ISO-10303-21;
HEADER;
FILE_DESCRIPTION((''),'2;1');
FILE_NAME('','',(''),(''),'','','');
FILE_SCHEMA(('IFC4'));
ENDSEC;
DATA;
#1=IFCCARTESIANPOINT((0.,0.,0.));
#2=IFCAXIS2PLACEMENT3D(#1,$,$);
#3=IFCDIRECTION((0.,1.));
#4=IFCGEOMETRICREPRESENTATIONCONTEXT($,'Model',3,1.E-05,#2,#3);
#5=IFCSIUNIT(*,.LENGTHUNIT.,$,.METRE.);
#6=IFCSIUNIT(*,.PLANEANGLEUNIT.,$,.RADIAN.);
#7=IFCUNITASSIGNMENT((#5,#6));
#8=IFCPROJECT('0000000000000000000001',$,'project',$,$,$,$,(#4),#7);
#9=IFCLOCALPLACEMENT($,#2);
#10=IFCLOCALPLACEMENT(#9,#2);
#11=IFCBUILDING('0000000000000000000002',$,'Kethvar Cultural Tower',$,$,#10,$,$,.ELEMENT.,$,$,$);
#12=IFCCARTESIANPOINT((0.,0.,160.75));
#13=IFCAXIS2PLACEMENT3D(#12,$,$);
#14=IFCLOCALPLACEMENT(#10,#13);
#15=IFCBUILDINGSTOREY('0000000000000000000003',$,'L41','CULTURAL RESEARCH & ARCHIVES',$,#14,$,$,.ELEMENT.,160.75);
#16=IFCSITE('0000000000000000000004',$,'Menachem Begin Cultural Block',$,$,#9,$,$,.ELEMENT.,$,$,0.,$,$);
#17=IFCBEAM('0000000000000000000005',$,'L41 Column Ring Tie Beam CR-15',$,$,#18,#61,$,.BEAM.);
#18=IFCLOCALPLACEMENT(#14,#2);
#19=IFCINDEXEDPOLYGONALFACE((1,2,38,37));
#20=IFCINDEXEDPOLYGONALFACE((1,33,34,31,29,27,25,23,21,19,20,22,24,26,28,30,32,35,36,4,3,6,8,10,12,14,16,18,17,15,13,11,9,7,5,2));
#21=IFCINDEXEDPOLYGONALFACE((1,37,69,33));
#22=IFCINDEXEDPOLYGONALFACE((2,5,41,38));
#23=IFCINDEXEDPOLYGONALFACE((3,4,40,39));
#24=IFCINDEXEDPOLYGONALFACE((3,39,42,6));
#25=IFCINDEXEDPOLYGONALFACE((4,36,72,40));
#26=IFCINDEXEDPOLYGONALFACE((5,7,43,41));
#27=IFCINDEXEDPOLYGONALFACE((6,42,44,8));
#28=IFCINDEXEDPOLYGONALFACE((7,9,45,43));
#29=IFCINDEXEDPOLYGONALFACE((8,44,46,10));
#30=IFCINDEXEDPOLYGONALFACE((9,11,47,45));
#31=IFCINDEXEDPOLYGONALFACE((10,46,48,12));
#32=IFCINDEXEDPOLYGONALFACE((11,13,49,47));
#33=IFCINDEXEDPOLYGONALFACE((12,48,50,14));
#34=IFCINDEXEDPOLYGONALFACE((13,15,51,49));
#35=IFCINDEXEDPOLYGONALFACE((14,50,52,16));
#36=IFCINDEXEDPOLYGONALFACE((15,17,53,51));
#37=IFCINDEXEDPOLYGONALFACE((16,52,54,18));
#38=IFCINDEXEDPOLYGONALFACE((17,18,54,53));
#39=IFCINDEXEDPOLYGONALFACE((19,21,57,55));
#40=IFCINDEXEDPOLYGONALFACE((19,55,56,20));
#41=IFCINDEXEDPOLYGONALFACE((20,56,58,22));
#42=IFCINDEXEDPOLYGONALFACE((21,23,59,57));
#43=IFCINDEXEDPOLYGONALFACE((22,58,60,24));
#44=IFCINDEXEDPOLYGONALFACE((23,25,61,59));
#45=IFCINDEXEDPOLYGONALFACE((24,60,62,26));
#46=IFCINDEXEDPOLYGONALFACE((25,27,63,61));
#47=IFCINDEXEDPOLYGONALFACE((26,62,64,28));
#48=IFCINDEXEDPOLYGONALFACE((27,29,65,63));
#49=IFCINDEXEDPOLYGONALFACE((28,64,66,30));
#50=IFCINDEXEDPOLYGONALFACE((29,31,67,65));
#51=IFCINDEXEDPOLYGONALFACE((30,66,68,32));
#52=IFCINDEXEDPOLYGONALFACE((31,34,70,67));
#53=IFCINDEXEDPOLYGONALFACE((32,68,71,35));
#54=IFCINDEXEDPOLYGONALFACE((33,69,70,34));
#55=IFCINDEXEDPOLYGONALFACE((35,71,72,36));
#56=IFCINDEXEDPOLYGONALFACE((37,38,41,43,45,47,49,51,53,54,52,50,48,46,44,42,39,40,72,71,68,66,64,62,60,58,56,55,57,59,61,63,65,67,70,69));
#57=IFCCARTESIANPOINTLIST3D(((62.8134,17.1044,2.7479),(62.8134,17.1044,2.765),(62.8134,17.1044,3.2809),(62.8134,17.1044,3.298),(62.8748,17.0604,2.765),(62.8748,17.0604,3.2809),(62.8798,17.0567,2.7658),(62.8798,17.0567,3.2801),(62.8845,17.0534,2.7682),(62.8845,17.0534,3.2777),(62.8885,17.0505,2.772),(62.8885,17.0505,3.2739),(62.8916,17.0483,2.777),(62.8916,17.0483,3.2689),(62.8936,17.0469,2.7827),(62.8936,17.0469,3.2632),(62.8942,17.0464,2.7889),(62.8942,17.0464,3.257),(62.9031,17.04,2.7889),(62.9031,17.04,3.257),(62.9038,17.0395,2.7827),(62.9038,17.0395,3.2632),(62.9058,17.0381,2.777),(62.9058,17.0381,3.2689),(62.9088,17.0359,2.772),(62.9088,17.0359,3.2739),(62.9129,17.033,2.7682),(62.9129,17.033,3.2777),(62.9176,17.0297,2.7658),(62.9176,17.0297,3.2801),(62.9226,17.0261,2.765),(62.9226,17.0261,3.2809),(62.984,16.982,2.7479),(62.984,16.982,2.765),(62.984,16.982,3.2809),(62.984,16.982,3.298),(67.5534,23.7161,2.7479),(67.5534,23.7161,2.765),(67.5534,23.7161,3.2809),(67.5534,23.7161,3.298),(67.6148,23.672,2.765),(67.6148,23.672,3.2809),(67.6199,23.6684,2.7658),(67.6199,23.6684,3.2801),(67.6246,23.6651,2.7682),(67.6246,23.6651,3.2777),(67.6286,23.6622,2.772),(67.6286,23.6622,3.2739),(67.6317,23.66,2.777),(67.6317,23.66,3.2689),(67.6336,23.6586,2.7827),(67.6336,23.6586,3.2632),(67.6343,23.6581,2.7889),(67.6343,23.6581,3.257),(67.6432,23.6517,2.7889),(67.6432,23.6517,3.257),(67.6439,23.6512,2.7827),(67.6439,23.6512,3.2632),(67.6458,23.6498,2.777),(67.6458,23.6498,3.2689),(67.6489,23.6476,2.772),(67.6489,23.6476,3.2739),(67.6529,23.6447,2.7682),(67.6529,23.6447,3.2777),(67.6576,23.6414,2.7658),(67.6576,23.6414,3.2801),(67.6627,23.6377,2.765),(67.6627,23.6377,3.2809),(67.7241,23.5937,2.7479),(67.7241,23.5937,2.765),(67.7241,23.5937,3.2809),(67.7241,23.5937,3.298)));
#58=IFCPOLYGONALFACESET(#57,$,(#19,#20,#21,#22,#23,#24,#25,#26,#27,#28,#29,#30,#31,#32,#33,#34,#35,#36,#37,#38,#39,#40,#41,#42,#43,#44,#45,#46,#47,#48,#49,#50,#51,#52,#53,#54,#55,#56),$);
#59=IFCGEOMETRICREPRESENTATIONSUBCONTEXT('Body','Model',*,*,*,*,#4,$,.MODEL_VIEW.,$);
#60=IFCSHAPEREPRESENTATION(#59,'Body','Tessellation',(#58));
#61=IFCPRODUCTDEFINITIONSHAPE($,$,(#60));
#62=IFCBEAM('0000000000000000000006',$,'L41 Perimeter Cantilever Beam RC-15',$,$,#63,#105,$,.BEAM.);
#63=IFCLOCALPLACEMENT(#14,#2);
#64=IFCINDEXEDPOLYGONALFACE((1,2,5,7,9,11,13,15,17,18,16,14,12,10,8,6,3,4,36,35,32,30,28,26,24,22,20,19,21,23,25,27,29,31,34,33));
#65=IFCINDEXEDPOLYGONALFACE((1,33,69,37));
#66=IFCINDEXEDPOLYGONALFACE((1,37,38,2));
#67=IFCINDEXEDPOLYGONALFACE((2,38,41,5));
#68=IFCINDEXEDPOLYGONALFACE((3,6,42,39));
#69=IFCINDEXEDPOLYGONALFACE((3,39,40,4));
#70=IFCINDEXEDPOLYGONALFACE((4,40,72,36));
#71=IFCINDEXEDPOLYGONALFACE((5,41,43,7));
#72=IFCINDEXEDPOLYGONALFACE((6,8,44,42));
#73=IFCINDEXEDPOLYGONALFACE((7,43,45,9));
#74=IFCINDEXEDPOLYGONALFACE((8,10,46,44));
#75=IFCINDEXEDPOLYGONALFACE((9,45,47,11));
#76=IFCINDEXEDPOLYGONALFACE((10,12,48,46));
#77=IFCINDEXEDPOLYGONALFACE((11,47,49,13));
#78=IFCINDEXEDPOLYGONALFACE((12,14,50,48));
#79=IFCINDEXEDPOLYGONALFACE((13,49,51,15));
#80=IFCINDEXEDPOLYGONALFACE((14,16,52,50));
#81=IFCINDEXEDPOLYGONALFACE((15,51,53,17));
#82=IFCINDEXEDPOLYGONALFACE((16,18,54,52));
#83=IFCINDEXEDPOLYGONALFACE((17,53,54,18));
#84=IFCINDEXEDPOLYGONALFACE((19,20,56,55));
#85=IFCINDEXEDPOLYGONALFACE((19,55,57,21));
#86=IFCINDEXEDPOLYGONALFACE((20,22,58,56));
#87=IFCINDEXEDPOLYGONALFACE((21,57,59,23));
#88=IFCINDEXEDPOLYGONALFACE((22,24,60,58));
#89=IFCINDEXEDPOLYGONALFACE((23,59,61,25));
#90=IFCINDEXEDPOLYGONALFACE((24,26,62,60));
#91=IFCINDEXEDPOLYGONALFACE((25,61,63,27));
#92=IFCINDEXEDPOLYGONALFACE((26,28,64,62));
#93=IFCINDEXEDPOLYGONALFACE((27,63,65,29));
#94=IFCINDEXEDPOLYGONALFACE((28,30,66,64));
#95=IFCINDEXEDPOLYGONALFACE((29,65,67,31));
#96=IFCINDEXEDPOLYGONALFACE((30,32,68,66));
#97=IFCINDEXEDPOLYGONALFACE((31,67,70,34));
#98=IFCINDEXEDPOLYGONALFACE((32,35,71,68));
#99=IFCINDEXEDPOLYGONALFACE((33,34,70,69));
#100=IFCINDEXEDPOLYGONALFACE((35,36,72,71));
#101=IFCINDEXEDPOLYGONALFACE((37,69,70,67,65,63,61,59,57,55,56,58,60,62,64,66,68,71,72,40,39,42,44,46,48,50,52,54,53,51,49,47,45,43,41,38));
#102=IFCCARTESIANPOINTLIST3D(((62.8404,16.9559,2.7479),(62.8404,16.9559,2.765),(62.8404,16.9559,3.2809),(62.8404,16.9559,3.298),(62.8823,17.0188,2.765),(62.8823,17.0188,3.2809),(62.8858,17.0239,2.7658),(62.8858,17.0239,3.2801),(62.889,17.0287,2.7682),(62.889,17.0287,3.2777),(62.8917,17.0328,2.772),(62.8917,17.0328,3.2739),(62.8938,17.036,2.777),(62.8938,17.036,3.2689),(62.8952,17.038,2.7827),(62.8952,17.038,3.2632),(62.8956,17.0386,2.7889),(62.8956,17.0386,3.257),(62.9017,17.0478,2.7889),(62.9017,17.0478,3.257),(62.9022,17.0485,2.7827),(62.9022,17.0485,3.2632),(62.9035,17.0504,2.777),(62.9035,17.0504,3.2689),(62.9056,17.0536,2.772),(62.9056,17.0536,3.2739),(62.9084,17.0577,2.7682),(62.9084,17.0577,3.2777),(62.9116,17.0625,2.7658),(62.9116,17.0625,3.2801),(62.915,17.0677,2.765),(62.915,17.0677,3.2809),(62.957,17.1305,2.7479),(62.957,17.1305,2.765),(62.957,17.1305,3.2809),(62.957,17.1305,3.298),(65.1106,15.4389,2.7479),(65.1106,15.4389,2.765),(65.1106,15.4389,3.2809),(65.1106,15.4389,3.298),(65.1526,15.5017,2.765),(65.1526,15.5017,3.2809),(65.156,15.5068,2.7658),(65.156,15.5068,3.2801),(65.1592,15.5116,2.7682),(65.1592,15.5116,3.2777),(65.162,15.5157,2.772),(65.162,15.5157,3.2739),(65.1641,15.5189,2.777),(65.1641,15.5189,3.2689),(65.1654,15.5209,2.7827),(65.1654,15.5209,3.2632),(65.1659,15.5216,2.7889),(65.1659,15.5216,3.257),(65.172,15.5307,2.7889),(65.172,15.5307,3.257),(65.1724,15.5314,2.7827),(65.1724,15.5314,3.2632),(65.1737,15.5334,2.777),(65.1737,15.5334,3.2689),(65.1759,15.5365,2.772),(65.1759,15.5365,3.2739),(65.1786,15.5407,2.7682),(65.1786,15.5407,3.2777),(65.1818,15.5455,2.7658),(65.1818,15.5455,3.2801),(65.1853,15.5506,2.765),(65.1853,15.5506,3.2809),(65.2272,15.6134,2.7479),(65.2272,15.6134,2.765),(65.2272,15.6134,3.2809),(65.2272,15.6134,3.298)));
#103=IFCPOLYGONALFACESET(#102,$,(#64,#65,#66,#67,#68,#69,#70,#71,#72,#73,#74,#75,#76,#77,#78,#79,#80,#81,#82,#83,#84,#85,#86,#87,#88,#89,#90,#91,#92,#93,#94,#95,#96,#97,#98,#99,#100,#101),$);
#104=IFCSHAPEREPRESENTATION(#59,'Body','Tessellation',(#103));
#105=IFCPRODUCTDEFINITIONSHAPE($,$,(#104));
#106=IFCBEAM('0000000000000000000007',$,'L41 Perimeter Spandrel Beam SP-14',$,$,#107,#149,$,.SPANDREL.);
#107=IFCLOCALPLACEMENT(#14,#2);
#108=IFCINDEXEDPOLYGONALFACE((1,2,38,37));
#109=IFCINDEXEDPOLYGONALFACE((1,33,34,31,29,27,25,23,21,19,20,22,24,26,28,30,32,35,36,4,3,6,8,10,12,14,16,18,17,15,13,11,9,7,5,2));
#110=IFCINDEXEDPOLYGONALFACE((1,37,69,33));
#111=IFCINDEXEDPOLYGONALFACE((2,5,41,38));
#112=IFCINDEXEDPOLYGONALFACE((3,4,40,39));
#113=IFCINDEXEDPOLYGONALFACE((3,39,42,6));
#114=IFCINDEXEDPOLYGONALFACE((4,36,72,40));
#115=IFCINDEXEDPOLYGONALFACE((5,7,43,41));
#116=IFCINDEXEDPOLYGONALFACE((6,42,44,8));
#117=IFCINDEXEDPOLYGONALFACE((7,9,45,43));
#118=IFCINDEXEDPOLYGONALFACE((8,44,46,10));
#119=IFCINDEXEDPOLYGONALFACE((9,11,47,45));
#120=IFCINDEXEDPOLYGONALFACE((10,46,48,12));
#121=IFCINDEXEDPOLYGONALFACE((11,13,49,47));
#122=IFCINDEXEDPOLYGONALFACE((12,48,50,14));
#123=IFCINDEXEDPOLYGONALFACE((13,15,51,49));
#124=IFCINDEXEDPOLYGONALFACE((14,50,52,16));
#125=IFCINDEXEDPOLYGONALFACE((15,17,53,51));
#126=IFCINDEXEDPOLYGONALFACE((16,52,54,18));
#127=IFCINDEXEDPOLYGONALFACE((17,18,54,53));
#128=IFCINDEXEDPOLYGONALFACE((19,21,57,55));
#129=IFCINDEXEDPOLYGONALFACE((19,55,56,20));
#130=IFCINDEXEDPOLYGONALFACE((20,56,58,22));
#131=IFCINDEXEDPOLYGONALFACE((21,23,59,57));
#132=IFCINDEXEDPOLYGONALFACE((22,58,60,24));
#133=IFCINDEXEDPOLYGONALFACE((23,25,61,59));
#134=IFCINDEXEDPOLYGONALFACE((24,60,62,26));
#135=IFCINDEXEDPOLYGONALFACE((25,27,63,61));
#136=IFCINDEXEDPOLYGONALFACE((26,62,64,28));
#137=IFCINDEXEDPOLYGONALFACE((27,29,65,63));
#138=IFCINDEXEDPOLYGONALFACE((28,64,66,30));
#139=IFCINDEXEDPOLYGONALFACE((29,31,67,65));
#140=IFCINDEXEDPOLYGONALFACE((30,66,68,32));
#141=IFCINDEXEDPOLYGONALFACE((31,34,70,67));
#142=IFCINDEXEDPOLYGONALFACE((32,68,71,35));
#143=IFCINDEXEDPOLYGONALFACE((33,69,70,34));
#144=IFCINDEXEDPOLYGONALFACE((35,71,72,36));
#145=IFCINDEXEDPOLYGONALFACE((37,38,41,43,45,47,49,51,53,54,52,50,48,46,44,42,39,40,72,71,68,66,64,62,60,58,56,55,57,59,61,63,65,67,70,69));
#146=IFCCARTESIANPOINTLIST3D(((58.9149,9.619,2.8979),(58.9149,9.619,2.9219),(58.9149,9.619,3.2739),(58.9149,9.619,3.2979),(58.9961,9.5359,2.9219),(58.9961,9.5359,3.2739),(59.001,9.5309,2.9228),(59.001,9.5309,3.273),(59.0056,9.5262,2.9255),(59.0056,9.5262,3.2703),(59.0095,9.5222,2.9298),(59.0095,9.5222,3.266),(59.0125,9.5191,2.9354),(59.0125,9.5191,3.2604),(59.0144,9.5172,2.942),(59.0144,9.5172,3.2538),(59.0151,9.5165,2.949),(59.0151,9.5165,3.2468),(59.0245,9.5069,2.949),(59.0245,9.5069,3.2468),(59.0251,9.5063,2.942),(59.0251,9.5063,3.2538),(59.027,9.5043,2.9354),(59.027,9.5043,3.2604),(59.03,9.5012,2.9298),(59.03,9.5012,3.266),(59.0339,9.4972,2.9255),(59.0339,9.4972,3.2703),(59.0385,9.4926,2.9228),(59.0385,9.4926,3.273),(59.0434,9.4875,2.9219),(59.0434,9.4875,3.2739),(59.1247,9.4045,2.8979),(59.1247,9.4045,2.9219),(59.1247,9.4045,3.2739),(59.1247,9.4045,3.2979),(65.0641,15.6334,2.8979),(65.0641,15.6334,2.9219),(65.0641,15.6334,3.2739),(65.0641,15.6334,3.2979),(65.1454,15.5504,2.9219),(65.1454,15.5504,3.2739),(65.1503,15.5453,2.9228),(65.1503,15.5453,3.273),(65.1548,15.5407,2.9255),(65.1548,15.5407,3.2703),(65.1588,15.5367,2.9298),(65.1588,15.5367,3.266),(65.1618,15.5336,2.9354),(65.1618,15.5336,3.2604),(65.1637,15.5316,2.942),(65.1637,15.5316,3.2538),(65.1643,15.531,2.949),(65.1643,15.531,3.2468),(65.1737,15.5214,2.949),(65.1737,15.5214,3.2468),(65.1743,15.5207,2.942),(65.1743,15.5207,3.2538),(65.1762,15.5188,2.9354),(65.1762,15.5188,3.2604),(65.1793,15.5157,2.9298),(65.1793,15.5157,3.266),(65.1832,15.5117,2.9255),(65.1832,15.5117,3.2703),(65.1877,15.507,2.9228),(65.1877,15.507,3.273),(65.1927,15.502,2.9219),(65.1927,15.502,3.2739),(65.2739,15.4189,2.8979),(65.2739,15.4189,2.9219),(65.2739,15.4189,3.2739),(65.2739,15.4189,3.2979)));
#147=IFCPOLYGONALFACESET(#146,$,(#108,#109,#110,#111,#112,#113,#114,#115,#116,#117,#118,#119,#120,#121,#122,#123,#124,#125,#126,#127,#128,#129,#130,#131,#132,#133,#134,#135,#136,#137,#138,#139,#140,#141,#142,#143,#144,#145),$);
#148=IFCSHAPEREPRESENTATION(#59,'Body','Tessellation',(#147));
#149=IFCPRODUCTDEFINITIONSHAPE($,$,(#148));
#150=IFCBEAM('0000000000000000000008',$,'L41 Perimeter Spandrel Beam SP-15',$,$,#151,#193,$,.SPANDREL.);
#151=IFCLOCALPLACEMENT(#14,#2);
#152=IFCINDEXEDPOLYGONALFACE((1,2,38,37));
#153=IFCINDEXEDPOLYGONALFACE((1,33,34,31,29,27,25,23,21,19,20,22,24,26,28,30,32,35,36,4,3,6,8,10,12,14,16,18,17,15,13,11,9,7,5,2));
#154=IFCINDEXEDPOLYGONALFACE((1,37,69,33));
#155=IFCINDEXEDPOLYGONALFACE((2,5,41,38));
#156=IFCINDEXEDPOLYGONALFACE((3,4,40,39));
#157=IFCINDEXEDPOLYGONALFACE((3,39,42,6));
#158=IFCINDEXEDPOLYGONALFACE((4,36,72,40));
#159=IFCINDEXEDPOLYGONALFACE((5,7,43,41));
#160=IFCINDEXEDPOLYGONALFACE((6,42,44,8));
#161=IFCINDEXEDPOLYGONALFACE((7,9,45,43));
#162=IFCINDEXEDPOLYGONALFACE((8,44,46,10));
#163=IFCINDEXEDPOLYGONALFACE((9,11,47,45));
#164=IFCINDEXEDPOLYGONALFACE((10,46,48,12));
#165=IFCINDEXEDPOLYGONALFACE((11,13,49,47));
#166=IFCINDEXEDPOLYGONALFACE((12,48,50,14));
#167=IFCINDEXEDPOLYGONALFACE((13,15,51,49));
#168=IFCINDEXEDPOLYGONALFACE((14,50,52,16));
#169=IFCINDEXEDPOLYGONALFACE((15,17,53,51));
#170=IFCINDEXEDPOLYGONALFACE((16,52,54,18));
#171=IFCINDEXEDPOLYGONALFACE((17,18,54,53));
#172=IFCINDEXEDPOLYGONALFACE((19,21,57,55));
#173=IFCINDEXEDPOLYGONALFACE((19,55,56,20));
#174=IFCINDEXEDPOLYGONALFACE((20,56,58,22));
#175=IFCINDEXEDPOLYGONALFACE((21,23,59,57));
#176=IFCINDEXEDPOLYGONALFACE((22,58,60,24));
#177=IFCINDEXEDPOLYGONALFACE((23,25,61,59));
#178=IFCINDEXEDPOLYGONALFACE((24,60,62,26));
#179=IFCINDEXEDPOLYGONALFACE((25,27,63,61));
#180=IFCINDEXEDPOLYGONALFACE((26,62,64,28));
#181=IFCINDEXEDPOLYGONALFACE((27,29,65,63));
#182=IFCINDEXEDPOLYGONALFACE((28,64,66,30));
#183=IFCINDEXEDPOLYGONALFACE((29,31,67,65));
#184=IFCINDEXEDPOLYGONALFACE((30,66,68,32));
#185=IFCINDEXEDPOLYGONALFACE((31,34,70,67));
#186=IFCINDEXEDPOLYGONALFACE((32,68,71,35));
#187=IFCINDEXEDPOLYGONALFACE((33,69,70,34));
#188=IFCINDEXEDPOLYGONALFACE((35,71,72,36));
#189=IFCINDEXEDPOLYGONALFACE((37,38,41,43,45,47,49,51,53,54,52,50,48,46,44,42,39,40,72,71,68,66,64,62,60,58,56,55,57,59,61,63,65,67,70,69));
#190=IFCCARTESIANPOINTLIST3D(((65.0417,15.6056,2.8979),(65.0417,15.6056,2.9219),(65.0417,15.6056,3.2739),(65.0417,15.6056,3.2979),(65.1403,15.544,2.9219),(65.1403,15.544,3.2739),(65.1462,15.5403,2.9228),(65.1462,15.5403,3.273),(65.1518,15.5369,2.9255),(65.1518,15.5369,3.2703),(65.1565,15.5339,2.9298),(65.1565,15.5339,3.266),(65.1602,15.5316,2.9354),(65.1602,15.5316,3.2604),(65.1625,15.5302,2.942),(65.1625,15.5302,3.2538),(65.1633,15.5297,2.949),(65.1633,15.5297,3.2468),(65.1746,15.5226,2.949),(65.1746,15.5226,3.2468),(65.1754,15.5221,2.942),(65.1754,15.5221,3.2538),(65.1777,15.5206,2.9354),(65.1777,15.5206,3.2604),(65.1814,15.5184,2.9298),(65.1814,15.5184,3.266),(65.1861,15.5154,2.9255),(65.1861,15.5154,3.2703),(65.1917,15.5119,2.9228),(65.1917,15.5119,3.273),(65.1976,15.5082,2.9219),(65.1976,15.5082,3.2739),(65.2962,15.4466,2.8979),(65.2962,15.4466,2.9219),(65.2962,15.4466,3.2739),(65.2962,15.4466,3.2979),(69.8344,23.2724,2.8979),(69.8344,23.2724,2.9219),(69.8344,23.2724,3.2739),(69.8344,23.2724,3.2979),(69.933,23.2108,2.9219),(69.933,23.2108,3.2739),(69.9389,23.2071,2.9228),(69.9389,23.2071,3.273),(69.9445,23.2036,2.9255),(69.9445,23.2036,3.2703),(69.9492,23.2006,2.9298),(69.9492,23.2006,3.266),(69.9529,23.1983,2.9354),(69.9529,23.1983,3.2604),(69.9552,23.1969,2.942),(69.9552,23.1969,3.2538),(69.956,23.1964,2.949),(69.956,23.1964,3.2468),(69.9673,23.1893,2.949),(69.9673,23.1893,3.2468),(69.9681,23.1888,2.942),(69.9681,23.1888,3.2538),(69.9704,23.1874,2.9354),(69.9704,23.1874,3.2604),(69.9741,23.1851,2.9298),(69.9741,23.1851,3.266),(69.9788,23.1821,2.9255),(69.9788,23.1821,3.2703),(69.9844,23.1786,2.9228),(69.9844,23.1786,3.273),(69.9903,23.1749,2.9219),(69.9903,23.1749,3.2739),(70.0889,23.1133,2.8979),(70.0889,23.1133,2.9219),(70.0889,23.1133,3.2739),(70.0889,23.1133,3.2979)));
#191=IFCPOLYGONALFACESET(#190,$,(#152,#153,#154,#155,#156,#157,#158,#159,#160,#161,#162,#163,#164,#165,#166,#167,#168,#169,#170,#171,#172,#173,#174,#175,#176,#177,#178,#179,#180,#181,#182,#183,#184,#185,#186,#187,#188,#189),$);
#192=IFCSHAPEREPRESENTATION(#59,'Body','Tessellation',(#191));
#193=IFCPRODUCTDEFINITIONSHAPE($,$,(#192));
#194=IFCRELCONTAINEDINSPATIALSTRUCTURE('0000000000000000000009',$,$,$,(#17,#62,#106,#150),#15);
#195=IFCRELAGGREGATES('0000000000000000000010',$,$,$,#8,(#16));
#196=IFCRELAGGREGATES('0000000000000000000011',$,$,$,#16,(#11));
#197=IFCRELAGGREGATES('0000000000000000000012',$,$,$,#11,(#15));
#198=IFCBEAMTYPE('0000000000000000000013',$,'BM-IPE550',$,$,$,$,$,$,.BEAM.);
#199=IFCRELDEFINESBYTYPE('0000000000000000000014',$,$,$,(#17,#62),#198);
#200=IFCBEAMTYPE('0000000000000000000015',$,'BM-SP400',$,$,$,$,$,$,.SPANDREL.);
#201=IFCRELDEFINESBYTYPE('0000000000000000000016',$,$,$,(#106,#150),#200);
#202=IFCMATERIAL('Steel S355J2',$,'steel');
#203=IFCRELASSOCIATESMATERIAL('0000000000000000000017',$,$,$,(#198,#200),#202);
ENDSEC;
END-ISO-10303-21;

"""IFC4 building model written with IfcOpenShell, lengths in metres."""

from ifc_helpers import new_model, si_unit, direction, frame, origin, origin_2d, place, context, subcontext, project, spatial, i_section, extrude, source, transform, mapped, material, material_profile, profile_set, type_object, element, save


model = new_model("IFC4")

# Units and contexts
model_context = context("Model", 3, precision=1e-05, world=origin(), true_north=direction((0.0, 1.0)))
body_context = subcontext(model_context, "Body", "Model", "MODEL_VIEW")
ifc_project = project(units=[si_unit("LENGTHUNIT", "METRE"), si_unit("PLANEANGLEUNIT", "RADIAN")], contexts=[model_context])

# Site, building, storey
site_placement = place(None, origin())
site = spatial("IfcSite", under=ifc_project, at=site_placement, Name="Menachem Begin Cultural Block", CompositionType="ELEMENT", RefElevation=0.0)
building_placement = place(site_placement, origin())
building = spatial("IfcBuilding", under=site, at=building_placement, Name="Kethvar Cultural Tower", CompositionType="ELEMENT")
storey_placement = place(building_placement, frame((0.0, 0.0, 160.75)))
storey = spatial("IfcBuildingStorey", under=building, at=storey_placement, Name="L41", Description="CULTURAL RESEARCH & ARCHIVES", CompositionType="ELEMENT", Elevation=160.75)

# Beams
ifc_material_1 = material(Name="Steel S355J2", Category="steel")
ifc_material_profile_1 = material_profile(ifc_material_1, i_section(OverallWidth=0.21, OverallDepth=0.55, WebThickness=0.011, FlangeThickness=0.0171, FilletRadius=0.0239, at=origin_2d()), Name="Steel S355J2 — IPE550")
ifc_profile_set_1 = profile_set([ifc_material_profile_1], Name="Steel S355J2 — IPE550")
beam_type_1 = type_object("IfcBeamType", Name="BM-IPE550", PredefinedType="BEAM", material=ifc_profile_set_1)
shared_shape_1 = source(origin(), body_context, "Body", "SweptSolid", [
    extrude(i_section(OverallWidth=0.21, OverallDepth=0.55, WebThickness=0.011, FlangeThickness=0.0171, FilletRadius=0.0239, at=origin_2d()), origin(), (0.0, 0.0, 1.0), 8.1353),
])
beam_1_placement = place(storey_placement, frame((62.8987, 17.0432, 3.0229), z_axis=(0.582657, 0.812718, 0.0), x_axis=(-0.812718, 0.582657, 0.0)))
element("IfcBeam", 1, at=beam_1_placement, inside=storey, type_object=beam_type_1, Name="L41 Column Ring Tie Beam CR-15", PredefinedType="BEAM", context=body_context, shape_type="MappedRepresentation", body=[
    mapped(shared_shape_1, transform((0.0, 0.0, 0.0), scale=1.0)),
])
shared_shape_2 = source(origin(), body_context, "Body", "SweptSolid", [
    extrude(i_section(OverallWidth=0.21, OverallDepth=0.55, WebThickness=0.011, FlangeThickness=0.0171, FilletRadius=0.0239, at=origin_2d()), origin(), (0.0, 0.0, 1.0), 2.7305),
])
beam_2_placement = place(storey_placement, frame((62.8987, 17.0432, 3.0229), z_axis=(0.831445, -0.555608, 0.0), x_axis=(0.555608, 0.831445, 0.0)))
element("IfcBeam", 2, at=beam_2_placement, inside=storey, type_object=beam_type_1, Name="L41 Perimeter Cantilever Beam RC-15", PredefinedType="BEAM", context=body_context, shape_type="MappedRepresentation", body=[
    mapped(shared_shape_2, transform((0.0, 0.0, 0.0), scale=1.0)),
])
ifc_material_profile_2 = material_profile(ifc_material_1, i_section(OverallWidth=0.3, OverallDepth=0.3999, WebThickness=0.0134, FlangeThickness=0.0239, FilletRadius=0.0271, at=origin_2d()), Name="Steel S355J2 — HEB400")
ifc_profile_set_2 = profile_set([ifc_material_profile_2], Name="Steel S355J2 — HEB400")
beam_type_2 = type_object("IfcBeamType", Name="BM-SP400", PredefinedType="SPANDREL", material=ifc_profile_set_2)
shared_shape_3 = source(origin(), body_context, "Body", "SweptSolid", [
    extrude(i_section(OverallWidth=0.3, OverallDepth=0.3999, WebThickness=0.0134, FlangeThickness=0.0239, FilletRadius=0.0271, at=origin_2d()), origin(), (0.0, 0.0, 1.0), 8.6016),
])
beam_3_placement = place(storey_placement, frame((59.0198, 9.5117, 3.0979), z_axis=(0.714897, 0.69923, 0.0), x_axis=(-0.69923, 0.714897, 0.0)))
element("IfcBeam", 3, at=beam_3_placement, inside=storey, type_object=beam_type_2, Name="L41 Perimeter Spandrel Beam SP-14", PredefinedType="SPANDREL", context=body_context, shape_type="MappedRepresentation", body=[
    mapped(shared_shape_3, transform((0.0, 0.0, 0.0), scale=1.0)),
])
shared_shape_4 = source(origin(), body_context, "Body", "SweptSolid", [
    extrude(i_section(OverallWidth=0.3, OverallDepth=0.3999, WebThickness=0.0134, FlangeThickness=0.0239, FilletRadius=0.0271, at=origin_2d()), origin(), (0.0, 0.0, 1.0), 9.0415),
])
beam_4_placement = place(storey_placement, frame((65.1689, 15.5261, 3.0979), z_axis=(0.530079, 0.847948, 0.0), x_axis=(-0.847948, 0.530079, 0.0)))
element("IfcBeam", 4, at=beam_4_placement, inside=storey, type_object=beam_type_2, Name="L41 Perimeter Spandrel Beam SP-15", PredefinedType="SPANDREL", context=body_context, shape_type="MappedRepresentation", body=[
    mapped(shared_shape_4, transform((0.0, 0.0, 0.0), scale=1.0)),
])

save(model, "model.ifc")
